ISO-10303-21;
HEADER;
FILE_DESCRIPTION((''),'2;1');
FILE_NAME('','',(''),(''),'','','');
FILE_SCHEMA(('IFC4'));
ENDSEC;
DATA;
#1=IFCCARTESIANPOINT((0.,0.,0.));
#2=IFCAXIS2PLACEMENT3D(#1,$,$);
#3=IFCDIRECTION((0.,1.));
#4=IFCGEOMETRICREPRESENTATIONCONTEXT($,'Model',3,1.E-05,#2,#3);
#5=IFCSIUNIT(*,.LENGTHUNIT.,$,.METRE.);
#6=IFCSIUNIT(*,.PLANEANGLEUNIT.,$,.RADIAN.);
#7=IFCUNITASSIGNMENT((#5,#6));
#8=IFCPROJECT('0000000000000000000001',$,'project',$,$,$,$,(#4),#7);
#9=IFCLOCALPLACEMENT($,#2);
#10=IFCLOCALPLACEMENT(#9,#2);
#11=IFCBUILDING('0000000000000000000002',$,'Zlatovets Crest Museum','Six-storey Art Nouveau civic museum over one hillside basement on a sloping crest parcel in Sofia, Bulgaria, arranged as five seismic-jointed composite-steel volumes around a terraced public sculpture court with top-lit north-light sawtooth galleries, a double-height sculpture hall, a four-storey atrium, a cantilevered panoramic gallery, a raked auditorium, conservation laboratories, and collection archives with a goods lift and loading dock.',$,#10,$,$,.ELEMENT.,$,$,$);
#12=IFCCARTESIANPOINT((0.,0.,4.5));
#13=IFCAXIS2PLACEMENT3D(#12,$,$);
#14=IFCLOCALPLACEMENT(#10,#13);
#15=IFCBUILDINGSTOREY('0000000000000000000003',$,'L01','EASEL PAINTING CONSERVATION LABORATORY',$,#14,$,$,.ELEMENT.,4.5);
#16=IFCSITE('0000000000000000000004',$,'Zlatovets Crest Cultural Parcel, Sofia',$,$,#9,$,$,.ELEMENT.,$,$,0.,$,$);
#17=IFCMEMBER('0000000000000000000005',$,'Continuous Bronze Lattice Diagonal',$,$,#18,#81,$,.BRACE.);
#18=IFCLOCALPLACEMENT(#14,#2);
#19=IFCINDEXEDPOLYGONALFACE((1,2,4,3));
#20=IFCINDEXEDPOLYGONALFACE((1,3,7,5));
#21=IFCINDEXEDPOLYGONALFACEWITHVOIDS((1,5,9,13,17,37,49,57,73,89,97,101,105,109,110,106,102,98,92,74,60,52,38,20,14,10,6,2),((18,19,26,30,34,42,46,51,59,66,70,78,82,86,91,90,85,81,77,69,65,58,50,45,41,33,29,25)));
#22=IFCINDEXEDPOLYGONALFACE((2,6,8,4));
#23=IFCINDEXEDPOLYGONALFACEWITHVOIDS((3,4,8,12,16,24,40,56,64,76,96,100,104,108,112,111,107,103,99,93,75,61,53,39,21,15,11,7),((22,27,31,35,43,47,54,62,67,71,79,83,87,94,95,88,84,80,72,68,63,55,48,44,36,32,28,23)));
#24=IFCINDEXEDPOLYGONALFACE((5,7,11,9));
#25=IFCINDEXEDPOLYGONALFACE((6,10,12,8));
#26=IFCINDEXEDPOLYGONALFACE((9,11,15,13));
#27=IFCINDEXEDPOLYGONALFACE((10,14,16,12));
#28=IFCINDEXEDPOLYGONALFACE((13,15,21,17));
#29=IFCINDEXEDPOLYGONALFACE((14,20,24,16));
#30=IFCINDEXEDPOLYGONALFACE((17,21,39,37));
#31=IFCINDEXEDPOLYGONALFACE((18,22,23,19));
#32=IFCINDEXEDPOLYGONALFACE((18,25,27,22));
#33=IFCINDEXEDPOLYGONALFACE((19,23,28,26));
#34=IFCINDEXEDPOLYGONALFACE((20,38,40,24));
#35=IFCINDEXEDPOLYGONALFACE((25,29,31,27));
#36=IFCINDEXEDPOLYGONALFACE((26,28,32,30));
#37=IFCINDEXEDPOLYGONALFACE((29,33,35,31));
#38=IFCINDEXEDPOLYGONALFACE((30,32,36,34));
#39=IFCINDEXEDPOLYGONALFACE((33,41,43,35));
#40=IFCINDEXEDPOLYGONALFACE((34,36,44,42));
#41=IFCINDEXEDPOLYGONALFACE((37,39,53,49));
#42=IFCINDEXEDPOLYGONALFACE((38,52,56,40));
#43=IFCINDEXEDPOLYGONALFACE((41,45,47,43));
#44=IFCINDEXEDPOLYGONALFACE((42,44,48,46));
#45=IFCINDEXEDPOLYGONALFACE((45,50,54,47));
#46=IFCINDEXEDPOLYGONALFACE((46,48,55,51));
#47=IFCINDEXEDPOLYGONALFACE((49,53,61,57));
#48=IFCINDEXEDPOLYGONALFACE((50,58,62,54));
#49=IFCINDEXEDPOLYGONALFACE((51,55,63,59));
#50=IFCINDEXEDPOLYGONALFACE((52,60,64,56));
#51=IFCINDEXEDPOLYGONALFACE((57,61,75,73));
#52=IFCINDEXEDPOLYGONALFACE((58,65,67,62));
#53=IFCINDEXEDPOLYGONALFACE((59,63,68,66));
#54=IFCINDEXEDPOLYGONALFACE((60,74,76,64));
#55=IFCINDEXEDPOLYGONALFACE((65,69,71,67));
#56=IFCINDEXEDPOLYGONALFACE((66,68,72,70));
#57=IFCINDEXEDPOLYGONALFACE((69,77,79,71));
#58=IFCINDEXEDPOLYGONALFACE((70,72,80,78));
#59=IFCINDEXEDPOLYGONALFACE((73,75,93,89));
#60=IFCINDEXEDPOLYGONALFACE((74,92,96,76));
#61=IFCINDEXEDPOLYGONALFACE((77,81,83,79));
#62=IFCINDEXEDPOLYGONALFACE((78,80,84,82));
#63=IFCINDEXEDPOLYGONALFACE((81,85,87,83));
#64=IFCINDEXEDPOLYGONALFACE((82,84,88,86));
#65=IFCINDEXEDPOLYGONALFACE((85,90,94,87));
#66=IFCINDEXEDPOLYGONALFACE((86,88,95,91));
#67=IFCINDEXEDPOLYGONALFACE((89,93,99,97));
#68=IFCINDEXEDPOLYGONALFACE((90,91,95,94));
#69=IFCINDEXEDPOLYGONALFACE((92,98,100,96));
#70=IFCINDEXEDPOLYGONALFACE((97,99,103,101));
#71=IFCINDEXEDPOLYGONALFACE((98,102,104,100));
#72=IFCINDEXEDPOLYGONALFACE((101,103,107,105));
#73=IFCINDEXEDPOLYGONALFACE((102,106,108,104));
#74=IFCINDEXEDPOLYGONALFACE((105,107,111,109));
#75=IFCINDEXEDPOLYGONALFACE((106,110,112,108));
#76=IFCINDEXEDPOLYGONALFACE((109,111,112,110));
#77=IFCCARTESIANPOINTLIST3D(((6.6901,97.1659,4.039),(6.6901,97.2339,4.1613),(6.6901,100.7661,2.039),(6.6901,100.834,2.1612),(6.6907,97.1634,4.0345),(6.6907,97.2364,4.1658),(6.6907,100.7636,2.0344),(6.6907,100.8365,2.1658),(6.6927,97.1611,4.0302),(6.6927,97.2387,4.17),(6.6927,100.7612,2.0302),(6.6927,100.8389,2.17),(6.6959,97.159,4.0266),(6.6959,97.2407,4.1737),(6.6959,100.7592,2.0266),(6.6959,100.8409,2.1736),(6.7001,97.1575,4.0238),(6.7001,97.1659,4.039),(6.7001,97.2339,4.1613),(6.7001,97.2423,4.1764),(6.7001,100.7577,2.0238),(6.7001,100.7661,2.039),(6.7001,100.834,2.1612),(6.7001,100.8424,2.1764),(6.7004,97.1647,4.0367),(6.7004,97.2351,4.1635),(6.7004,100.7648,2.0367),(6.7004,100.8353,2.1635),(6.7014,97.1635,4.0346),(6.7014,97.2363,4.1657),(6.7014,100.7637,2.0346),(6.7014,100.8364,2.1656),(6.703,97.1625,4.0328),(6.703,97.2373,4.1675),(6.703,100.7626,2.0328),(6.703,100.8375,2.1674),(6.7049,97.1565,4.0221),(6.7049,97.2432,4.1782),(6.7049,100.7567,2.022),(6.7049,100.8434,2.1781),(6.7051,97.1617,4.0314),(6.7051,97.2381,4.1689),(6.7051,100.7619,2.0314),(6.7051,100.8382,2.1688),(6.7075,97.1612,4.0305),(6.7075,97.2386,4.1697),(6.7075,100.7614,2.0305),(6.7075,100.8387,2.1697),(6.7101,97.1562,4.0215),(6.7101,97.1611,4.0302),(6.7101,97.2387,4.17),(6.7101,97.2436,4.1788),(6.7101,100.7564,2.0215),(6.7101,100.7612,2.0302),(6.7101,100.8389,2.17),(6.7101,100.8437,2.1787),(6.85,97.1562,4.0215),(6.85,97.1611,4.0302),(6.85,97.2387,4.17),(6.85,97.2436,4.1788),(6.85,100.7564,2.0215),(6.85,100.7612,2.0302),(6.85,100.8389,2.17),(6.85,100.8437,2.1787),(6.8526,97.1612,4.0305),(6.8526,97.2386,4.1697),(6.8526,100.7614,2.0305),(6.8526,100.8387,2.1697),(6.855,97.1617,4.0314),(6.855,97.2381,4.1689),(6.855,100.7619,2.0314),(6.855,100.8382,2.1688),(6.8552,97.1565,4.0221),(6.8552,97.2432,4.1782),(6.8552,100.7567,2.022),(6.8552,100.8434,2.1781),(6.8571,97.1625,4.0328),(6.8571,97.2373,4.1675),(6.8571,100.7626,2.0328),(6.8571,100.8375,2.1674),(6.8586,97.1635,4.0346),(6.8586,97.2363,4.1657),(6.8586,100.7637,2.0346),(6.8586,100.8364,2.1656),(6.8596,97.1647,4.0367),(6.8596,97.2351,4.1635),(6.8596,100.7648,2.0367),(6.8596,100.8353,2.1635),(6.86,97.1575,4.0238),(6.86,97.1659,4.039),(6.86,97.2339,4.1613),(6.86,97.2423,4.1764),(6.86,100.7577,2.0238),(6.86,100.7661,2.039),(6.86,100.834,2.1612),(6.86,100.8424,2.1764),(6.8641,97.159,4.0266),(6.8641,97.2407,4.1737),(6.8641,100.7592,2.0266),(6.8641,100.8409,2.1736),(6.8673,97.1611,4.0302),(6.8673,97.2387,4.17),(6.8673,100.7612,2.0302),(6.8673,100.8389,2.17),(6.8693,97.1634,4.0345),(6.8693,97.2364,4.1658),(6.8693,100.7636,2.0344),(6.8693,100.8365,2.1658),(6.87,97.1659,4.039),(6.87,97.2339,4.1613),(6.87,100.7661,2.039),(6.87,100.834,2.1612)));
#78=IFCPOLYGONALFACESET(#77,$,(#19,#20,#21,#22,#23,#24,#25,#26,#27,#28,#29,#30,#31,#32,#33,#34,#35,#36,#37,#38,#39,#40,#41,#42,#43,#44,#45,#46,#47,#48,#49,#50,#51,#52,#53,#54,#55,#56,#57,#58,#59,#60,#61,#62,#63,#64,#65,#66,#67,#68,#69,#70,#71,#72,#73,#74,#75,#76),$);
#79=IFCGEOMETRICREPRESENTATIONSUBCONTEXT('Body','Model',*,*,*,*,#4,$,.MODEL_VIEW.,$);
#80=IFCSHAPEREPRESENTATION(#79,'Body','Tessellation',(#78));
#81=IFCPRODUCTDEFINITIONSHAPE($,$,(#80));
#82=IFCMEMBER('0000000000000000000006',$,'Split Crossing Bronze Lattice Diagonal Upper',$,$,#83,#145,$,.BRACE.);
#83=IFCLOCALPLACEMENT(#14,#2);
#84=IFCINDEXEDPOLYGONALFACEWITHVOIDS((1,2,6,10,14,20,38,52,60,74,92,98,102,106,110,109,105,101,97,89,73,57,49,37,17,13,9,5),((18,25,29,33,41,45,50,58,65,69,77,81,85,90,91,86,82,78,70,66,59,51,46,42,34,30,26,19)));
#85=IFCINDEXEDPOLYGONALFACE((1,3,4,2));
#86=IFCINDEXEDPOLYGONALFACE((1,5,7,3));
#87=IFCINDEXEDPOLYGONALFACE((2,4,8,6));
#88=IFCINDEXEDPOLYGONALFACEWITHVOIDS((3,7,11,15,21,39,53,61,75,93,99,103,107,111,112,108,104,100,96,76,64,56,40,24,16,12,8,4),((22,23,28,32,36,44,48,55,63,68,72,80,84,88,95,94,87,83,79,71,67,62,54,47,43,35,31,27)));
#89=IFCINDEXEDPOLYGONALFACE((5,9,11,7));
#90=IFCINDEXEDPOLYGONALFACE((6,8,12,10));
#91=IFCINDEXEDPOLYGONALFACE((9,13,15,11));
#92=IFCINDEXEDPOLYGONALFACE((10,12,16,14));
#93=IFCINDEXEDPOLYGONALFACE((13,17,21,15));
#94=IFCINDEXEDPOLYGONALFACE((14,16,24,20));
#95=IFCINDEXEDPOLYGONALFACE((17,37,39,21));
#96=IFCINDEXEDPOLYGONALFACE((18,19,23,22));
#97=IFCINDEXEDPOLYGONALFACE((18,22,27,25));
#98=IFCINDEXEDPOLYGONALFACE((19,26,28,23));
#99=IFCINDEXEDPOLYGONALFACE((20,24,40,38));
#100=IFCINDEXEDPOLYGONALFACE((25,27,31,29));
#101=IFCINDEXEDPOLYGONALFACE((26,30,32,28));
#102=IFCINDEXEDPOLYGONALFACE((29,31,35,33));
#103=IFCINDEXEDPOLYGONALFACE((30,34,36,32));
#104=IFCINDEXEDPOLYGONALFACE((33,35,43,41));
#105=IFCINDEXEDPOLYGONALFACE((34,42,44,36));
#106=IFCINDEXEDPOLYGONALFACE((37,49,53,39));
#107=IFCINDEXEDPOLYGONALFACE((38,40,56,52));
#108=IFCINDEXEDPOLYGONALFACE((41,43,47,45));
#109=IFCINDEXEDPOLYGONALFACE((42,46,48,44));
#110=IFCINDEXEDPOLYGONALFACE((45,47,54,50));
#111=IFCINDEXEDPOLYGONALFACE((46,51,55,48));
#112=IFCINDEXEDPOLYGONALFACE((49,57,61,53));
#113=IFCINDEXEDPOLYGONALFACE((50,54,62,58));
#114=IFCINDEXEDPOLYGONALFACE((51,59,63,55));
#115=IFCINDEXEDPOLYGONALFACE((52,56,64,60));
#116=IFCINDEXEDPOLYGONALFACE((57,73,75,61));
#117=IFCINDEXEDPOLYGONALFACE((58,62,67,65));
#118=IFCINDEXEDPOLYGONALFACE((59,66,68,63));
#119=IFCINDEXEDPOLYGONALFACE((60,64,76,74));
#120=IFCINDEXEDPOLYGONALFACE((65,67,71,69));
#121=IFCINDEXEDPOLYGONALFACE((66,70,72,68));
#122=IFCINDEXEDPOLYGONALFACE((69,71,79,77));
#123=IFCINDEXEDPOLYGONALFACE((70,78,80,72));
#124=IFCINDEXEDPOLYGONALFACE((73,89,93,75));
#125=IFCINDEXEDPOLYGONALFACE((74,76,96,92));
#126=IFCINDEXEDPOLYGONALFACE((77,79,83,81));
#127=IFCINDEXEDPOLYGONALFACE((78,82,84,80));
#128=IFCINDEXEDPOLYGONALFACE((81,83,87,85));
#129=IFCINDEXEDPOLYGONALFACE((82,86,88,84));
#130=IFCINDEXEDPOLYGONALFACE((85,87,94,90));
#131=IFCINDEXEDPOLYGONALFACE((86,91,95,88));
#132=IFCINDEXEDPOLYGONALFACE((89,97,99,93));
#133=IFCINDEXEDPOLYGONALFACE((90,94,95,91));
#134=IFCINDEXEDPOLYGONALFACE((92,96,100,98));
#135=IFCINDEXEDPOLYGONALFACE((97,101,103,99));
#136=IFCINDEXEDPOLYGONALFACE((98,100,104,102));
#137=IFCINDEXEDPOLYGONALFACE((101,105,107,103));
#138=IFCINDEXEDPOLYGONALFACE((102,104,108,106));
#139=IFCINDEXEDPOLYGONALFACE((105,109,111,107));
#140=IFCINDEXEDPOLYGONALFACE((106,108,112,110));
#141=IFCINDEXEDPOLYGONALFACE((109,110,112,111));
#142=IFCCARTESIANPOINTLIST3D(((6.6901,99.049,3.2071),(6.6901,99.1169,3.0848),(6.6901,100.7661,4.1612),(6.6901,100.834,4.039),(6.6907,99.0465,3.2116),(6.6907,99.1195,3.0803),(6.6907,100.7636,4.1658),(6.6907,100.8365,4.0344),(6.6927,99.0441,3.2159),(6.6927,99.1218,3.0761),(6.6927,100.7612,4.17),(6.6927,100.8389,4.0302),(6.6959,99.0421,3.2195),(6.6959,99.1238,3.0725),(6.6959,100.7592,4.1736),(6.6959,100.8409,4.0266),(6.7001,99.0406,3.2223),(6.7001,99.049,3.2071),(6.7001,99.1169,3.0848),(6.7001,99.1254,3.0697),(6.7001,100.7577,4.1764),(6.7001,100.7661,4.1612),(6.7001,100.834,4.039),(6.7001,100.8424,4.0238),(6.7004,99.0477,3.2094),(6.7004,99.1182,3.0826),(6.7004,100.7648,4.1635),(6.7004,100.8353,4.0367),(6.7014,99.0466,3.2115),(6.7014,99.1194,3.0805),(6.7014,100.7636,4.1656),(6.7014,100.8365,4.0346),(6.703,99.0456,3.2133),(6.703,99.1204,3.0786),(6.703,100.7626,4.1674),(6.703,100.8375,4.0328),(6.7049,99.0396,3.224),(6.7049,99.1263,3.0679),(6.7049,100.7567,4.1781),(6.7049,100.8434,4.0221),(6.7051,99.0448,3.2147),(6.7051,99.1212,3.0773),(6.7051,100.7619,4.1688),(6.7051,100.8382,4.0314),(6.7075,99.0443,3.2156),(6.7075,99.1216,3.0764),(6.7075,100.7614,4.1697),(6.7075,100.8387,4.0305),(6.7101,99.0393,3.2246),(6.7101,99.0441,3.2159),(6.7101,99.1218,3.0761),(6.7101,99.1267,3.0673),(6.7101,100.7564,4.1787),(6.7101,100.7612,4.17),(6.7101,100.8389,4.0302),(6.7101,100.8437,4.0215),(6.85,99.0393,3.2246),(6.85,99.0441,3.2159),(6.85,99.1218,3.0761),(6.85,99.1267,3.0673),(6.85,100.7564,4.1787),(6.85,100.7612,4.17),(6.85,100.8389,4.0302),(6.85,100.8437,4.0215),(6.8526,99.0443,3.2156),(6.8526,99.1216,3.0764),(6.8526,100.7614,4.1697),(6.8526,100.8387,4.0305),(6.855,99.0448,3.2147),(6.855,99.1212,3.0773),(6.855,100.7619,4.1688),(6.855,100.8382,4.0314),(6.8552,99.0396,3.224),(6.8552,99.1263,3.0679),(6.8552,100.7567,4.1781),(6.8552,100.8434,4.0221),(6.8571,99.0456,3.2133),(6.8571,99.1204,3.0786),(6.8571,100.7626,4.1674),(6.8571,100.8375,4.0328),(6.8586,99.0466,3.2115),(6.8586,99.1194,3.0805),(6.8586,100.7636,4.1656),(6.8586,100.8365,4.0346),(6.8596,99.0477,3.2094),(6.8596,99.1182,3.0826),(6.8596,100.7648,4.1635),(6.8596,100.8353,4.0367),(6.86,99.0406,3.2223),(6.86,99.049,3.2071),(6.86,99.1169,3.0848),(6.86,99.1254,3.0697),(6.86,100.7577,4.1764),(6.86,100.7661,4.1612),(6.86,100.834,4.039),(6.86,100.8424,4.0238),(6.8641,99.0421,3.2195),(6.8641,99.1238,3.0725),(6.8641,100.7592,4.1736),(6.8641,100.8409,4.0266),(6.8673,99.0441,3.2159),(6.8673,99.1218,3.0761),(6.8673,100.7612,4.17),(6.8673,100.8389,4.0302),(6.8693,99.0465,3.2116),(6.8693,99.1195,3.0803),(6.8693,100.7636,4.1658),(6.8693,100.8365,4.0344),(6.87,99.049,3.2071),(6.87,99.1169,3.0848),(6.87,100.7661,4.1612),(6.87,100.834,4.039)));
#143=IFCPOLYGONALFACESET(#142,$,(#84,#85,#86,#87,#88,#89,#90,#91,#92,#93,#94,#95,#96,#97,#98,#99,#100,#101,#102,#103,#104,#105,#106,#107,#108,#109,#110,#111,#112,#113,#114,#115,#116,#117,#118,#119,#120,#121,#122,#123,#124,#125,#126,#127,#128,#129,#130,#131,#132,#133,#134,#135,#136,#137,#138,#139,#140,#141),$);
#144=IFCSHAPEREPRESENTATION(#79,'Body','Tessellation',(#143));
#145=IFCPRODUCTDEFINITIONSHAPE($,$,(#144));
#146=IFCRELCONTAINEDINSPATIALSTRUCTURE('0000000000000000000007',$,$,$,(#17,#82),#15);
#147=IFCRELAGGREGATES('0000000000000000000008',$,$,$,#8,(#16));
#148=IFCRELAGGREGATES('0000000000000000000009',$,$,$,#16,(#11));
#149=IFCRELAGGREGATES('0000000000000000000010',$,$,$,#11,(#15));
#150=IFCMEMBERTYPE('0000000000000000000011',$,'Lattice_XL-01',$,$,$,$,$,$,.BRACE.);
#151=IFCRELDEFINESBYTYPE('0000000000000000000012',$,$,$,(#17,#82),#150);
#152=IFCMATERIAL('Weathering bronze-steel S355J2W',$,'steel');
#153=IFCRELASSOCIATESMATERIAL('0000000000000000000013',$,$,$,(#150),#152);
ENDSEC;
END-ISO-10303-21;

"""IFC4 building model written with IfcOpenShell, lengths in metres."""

from ifc_helpers import new_model, si_unit, direction, frame, origin, origin_2d, place, context, subcontext, project, spatial, hollow_rectangle, extrude, material, material_profile, profile_set, type_object, element, save


model = new_model("IFC4")

# Units and contexts
model_context = context("Model", 3, precision=1e-05, world=origin(), true_north=direction((0.0, 1.0)))
body_context = subcontext(model_context, "Body", "Model", "MODEL_VIEW")
ifc_project = project(units=[si_unit("LENGTHUNIT", "METRE"), si_unit("PLANEANGLEUNIT", "RADIAN")], contexts=[model_context])

# Site, building, storey
site_placement = place(None, origin())
site = spatial("IfcSite", under=ifc_project, at=site_placement, Name="Zlatovets Crest Cultural Parcel, Sofia", CompositionType="ELEMENT", RefElevation=0.0)
building_placement = place(site_placement, origin())
building = spatial("IfcBuilding", under=site, at=building_placement, Name="Zlatovets Crest Museum", Description="Six-storey Art Nouveau civic museum over one hillside basement on a sloping crest parcel in Sofia, Bulgaria, arranged as five seismic-jointed composite-steel volumes around a terraced public sculpture court with top-lit north-light sawtooth galleries, a double-height sculpture hall, a four-storey atrium, a cantilevered panoramic gallery, a raked auditorium, conservation laboratories, and collection archives with a goods lift and loading dock.", CompositionType="ELEMENT")
storey_placement = place(building_placement, frame((0.0, 0.0, 4.5)))
storey = spatial("IfcBuildingStorey", under=building, at=storey_placement, Name="L01", Description="EASEL PAINTING CONSERVATION LABORATORY", CompositionType="ELEMENT", Elevation=4.5)

# Members
ifc_material_1 = material(Name="Weathering bronze-steel S355J2W", Category="steel")
ifc_material_profile_1 = material_profile(ifc_material_1, hollow_rectangle(XDim=0.1799, YDim=0.1799, WallThickness=0.01, InnerFilletRadius=0.01, OuterFilletRadius=0.02, at=origin_2d()), Name="SHS 180x180x10.0")
ifc_profile_set_1 = profile_set([ifc_material_profile_1], Name="Weathering bronze-steel S355J2W")
member_type_1 = type_object("IfcMemberType", Name="Lattice_XL-01", PredefinedType="BRACE", material=ifc_profile_set_1)
member_1_placement = place(storey_placement, frame((6.78, 100.8, 2.1001), z_axis=(0.0, -0.874163, 0.485633), x_axis=(1.0, 0.0, 0.0)))
element("IfcMember", 1, at=member_1_placement, inside=storey, type_object=member_type_1, Name="Continuous Bronze Lattice Diagonal", PredefinedType="BRACE", context=body_context, shape_type="SweptSolid", body=[
    extrude(hollow_rectangle(XDim=0.1799, YDim=0.1799, WallThickness=0.01, InnerFilletRadius=0.01, OuterFilletRadius=0.02, at=origin_2d()), origin(), (0.0, 0.0, 1.0), 4.1184),
])
member_2_placement = place(storey_placement, frame((6.78, 100.8, 4.1001), z_axis=(0.0, -0.874116, -0.485717), x_axis=(1.0, 0.0, 0.0)))
element("IfcMember", 2, at=member_2_placement, inside=storey, type_object=member_type_1, Name="Split Crossing Bronze Lattice Diagonal Upper", PredefinedType="BRACE", context=body_context, shape_type="SweptSolid", body=[
    extrude(hollow_rectangle(XDim=0.1799, YDim=0.1799, WallThickness=0.01, InnerFilletRadius=0.01, OuterFilletRadius=0.02, at=origin_2d()), origin(), (0.0, 0.0, 1.0), 1.9644),
])

save(model, "model.ifc")
